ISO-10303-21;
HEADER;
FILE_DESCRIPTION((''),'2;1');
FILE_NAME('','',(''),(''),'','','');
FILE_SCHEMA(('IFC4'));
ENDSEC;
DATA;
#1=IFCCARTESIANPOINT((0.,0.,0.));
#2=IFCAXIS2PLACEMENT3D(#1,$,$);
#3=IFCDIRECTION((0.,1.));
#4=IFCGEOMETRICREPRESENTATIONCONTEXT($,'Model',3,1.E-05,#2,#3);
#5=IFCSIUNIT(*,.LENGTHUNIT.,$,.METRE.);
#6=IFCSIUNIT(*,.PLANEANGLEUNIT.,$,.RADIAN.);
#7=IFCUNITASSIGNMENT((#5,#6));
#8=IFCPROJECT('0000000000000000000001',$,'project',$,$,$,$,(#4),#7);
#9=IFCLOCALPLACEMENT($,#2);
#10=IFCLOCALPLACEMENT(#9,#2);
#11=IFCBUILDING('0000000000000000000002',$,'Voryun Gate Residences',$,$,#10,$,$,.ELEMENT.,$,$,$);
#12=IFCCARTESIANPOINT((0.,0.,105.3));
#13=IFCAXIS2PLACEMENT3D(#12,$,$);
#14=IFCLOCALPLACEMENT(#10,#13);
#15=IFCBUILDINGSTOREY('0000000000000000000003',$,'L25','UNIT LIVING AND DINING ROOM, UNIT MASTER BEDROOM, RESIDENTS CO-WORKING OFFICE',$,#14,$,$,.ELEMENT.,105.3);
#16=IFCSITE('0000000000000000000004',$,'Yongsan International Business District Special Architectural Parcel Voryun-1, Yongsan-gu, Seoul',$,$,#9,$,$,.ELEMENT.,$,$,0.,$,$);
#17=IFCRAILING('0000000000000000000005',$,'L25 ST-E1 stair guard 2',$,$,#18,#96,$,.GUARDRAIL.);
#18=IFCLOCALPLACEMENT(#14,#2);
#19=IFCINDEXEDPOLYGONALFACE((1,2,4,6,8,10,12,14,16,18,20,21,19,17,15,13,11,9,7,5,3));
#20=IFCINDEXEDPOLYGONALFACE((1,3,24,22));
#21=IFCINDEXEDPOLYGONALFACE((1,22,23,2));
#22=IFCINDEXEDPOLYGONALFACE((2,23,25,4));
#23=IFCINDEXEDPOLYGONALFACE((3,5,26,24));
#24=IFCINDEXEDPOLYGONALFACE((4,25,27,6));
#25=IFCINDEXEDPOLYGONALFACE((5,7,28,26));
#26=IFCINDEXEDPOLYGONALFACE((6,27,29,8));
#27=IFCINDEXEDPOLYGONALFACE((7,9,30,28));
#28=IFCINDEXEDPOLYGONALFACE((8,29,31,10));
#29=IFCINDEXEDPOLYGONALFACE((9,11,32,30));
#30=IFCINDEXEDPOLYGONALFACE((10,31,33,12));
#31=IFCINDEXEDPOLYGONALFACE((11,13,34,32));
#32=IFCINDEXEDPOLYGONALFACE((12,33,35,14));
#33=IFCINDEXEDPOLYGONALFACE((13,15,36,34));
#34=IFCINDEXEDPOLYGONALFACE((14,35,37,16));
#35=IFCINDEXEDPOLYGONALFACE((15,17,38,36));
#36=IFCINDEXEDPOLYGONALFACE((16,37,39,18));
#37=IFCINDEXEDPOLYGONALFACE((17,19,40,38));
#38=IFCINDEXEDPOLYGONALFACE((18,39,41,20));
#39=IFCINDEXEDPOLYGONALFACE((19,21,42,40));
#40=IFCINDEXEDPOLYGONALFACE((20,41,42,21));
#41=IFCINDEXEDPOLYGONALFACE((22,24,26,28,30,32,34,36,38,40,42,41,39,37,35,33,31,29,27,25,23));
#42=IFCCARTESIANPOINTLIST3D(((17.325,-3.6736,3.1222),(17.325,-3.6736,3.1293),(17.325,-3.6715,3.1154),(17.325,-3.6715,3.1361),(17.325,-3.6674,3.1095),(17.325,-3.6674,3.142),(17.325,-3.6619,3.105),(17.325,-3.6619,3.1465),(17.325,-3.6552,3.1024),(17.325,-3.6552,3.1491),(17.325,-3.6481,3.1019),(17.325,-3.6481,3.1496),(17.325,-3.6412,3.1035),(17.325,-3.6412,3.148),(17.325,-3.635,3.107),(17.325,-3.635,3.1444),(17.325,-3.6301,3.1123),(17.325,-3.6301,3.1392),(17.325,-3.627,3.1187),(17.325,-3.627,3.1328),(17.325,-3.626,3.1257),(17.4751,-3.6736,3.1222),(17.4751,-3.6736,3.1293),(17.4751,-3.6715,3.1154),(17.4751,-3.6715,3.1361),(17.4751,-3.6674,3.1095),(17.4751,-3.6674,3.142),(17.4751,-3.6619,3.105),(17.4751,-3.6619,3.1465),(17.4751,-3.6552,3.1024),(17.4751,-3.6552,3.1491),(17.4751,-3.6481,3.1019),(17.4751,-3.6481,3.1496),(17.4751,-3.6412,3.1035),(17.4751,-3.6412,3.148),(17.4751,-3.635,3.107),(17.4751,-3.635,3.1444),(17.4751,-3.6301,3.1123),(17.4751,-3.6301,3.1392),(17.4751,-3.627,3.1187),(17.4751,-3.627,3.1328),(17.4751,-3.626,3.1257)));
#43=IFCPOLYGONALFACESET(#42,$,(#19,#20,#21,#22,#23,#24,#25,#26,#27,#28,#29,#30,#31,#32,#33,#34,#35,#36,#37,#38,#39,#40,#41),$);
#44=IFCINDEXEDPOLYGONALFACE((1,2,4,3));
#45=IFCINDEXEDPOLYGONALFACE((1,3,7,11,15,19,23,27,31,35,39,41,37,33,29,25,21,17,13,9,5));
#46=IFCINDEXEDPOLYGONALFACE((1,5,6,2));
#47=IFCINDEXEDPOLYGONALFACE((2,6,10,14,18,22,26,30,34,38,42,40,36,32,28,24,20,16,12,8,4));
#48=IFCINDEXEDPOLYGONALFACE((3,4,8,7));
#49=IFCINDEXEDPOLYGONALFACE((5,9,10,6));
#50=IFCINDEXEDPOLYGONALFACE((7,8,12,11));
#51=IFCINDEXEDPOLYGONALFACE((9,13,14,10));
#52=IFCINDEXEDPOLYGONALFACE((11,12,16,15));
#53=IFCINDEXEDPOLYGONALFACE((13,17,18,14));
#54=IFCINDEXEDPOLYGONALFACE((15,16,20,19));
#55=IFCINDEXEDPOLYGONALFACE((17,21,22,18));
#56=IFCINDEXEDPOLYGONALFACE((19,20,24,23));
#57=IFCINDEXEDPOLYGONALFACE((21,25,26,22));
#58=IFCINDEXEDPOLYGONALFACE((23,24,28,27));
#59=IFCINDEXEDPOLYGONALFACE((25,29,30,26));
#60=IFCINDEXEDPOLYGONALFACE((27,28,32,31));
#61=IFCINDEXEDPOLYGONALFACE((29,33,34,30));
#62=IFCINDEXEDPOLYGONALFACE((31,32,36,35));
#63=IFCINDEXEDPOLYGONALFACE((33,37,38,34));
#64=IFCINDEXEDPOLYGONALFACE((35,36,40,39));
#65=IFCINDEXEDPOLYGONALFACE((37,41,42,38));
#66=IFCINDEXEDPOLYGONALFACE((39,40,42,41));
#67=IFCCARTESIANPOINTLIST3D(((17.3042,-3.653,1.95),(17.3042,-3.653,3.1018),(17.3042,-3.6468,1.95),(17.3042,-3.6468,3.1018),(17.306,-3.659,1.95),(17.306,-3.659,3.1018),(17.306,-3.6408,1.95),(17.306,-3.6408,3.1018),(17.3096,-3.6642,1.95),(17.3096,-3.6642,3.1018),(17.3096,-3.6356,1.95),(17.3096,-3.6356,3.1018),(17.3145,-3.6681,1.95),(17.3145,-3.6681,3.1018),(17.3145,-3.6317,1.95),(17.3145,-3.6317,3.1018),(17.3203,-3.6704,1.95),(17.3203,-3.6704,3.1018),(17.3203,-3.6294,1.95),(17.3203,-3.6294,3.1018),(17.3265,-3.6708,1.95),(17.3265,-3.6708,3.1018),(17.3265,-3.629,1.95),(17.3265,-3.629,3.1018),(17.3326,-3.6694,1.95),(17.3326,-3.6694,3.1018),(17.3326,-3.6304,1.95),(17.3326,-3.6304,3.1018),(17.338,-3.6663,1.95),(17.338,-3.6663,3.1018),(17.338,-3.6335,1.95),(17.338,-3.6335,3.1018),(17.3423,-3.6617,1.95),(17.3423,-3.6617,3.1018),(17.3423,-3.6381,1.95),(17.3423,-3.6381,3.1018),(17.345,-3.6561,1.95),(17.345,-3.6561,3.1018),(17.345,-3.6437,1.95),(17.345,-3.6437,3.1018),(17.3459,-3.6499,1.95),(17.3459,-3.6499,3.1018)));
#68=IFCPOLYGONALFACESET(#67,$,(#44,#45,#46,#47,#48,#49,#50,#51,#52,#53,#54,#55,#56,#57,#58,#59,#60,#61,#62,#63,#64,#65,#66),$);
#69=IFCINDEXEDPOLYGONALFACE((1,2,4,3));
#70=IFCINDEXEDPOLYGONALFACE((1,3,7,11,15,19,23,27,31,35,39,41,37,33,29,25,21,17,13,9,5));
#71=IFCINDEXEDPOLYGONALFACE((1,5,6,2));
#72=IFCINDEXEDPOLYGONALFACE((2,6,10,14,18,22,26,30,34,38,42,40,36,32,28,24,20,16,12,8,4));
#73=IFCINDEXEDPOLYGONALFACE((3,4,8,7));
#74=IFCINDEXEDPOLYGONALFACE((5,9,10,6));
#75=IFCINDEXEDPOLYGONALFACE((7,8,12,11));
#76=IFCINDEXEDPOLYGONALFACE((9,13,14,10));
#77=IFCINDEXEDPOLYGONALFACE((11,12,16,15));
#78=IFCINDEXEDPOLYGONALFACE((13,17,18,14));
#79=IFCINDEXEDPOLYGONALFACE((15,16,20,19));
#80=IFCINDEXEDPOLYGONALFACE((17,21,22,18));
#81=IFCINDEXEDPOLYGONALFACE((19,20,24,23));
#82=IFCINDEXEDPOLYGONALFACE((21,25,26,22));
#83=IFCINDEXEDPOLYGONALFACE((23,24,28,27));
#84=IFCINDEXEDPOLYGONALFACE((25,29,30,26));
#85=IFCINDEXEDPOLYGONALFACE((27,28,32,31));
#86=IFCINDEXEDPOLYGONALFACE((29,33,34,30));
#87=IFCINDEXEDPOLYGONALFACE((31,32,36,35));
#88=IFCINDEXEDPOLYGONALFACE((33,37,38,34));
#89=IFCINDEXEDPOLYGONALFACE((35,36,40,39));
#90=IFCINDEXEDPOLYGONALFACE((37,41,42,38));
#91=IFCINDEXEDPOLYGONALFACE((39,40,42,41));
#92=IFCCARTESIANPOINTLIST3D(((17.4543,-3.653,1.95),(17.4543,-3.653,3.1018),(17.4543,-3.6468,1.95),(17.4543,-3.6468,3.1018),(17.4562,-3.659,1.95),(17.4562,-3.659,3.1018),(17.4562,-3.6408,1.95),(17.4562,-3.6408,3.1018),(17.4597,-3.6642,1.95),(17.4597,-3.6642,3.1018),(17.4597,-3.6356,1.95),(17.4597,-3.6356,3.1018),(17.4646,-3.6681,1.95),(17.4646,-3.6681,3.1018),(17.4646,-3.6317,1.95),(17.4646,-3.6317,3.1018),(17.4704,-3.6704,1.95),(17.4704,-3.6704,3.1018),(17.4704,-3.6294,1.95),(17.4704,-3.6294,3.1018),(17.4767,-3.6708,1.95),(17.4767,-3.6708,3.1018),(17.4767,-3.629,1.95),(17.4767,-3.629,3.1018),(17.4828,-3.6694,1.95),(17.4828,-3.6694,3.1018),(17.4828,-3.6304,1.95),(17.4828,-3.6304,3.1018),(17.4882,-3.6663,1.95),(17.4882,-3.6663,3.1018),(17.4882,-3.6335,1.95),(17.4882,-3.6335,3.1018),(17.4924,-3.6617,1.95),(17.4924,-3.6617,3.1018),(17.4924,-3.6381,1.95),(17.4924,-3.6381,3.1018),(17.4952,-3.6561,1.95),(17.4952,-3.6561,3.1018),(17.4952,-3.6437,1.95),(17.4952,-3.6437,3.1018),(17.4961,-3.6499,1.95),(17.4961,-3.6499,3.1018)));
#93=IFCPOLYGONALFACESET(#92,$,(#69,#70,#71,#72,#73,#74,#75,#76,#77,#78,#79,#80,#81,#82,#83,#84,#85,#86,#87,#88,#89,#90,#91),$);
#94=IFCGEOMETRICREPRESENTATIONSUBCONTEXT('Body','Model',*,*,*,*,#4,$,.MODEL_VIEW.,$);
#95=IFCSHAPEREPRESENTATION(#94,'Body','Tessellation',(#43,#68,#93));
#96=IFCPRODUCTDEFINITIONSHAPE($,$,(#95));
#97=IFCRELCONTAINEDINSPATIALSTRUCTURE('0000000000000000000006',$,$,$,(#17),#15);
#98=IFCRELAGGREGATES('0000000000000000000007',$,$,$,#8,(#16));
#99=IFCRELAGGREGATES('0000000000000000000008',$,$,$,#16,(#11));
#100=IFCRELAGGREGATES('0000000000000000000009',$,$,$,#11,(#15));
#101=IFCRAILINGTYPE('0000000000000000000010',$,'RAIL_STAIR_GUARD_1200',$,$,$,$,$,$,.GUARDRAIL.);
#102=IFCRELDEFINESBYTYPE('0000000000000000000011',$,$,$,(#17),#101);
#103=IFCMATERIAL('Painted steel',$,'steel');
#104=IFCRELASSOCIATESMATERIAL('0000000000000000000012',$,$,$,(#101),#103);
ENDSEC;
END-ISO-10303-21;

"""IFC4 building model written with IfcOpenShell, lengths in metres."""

from ifc_helpers import new_model, si_unit, direction, frame, origin, origin_2d, place, context, subcontext, project, spatial, circle, extrude, material, type_object, element, save


model = new_model("IFC4")

# Units and contexts
model_context = context("Model", 3, precision=1e-05, world=origin(), true_north=direction((0.0, 1.0)))
body_context = subcontext(model_context, "Body", "Model", "MODEL_VIEW")
ifc_project = project(units=[si_unit("LENGTHUNIT", "METRE"), si_unit("PLANEANGLEUNIT", "RADIAN")], contexts=[model_context])

# Site, building, storey
site_placement = place(None, origin())
site = spatial("IfcSite", under=ifc_project, at=site_placement, Name="Yongsan International Business District Special Architectural Parcel Voryun-1, Yongsan-gu, Seoul", CompositionType="ELEMENT", RefElevation=0.0)
building_placement = place(site_placement, origin())
building = spatial("IfcBuilding", under=site, at=building_placement, Name="Voryun Gate Residences", CompositionType="ELEMENT")
storey_placement = place(building_placement, frame((0.0, 0.0, 105.3)))
storey = spatial("IfcBuildingStorey", under=building, at=storey_placement, Name="L25", Description="UNIT LIVING AND DINING ROOM, UNIT MASTER BEDROOM, RESIDENTS CO-WORKING OFFICE", CompositionType="ELEMENT", Elevation=105.3)

# Railing
ifc_material_1 = material(Name="Painted steel", Category="steel")
railing_type_1 = type_object("IfcRailingType", Name="RAIL_STAIR_GUARD_1200", PredefinedType="GUARDRAIL", material=ifc_material_1)
railing_1_placement = place(storey_placement, frame((17.325, -3.6499, 1.95)))
element("IfcRailing", 1, at=railing_1_placement, inside=storey, type_object=railing_type_1, Name="L25 ST-E1 stair guard 2", PredefinedType="GUARDRAIL", context=body_context, shape_type="SweptSolid", body=[
    extrude(circle(Radius=0.0239, at=origin_2d()), frame((0.0, 0.0, 1.1758), z_axis=(1.0, 0.0, 0.0), x_axis=(0.0, 1.0, 0.0)), (0.0, 0.0, 1.0), 0.1501),
    extrude(circle(Radius=0.021, at=origin_2d()), origin(), (0.0, 0.0, 1.0), 1.1519),
    extrude(circle(Radius=0.021, at=origin_2d()), frame((0.1501, 0.0, 0.0)), (0.0, 0.0, 1.0), 1.1519),
])

save(model, "model.ifc")
